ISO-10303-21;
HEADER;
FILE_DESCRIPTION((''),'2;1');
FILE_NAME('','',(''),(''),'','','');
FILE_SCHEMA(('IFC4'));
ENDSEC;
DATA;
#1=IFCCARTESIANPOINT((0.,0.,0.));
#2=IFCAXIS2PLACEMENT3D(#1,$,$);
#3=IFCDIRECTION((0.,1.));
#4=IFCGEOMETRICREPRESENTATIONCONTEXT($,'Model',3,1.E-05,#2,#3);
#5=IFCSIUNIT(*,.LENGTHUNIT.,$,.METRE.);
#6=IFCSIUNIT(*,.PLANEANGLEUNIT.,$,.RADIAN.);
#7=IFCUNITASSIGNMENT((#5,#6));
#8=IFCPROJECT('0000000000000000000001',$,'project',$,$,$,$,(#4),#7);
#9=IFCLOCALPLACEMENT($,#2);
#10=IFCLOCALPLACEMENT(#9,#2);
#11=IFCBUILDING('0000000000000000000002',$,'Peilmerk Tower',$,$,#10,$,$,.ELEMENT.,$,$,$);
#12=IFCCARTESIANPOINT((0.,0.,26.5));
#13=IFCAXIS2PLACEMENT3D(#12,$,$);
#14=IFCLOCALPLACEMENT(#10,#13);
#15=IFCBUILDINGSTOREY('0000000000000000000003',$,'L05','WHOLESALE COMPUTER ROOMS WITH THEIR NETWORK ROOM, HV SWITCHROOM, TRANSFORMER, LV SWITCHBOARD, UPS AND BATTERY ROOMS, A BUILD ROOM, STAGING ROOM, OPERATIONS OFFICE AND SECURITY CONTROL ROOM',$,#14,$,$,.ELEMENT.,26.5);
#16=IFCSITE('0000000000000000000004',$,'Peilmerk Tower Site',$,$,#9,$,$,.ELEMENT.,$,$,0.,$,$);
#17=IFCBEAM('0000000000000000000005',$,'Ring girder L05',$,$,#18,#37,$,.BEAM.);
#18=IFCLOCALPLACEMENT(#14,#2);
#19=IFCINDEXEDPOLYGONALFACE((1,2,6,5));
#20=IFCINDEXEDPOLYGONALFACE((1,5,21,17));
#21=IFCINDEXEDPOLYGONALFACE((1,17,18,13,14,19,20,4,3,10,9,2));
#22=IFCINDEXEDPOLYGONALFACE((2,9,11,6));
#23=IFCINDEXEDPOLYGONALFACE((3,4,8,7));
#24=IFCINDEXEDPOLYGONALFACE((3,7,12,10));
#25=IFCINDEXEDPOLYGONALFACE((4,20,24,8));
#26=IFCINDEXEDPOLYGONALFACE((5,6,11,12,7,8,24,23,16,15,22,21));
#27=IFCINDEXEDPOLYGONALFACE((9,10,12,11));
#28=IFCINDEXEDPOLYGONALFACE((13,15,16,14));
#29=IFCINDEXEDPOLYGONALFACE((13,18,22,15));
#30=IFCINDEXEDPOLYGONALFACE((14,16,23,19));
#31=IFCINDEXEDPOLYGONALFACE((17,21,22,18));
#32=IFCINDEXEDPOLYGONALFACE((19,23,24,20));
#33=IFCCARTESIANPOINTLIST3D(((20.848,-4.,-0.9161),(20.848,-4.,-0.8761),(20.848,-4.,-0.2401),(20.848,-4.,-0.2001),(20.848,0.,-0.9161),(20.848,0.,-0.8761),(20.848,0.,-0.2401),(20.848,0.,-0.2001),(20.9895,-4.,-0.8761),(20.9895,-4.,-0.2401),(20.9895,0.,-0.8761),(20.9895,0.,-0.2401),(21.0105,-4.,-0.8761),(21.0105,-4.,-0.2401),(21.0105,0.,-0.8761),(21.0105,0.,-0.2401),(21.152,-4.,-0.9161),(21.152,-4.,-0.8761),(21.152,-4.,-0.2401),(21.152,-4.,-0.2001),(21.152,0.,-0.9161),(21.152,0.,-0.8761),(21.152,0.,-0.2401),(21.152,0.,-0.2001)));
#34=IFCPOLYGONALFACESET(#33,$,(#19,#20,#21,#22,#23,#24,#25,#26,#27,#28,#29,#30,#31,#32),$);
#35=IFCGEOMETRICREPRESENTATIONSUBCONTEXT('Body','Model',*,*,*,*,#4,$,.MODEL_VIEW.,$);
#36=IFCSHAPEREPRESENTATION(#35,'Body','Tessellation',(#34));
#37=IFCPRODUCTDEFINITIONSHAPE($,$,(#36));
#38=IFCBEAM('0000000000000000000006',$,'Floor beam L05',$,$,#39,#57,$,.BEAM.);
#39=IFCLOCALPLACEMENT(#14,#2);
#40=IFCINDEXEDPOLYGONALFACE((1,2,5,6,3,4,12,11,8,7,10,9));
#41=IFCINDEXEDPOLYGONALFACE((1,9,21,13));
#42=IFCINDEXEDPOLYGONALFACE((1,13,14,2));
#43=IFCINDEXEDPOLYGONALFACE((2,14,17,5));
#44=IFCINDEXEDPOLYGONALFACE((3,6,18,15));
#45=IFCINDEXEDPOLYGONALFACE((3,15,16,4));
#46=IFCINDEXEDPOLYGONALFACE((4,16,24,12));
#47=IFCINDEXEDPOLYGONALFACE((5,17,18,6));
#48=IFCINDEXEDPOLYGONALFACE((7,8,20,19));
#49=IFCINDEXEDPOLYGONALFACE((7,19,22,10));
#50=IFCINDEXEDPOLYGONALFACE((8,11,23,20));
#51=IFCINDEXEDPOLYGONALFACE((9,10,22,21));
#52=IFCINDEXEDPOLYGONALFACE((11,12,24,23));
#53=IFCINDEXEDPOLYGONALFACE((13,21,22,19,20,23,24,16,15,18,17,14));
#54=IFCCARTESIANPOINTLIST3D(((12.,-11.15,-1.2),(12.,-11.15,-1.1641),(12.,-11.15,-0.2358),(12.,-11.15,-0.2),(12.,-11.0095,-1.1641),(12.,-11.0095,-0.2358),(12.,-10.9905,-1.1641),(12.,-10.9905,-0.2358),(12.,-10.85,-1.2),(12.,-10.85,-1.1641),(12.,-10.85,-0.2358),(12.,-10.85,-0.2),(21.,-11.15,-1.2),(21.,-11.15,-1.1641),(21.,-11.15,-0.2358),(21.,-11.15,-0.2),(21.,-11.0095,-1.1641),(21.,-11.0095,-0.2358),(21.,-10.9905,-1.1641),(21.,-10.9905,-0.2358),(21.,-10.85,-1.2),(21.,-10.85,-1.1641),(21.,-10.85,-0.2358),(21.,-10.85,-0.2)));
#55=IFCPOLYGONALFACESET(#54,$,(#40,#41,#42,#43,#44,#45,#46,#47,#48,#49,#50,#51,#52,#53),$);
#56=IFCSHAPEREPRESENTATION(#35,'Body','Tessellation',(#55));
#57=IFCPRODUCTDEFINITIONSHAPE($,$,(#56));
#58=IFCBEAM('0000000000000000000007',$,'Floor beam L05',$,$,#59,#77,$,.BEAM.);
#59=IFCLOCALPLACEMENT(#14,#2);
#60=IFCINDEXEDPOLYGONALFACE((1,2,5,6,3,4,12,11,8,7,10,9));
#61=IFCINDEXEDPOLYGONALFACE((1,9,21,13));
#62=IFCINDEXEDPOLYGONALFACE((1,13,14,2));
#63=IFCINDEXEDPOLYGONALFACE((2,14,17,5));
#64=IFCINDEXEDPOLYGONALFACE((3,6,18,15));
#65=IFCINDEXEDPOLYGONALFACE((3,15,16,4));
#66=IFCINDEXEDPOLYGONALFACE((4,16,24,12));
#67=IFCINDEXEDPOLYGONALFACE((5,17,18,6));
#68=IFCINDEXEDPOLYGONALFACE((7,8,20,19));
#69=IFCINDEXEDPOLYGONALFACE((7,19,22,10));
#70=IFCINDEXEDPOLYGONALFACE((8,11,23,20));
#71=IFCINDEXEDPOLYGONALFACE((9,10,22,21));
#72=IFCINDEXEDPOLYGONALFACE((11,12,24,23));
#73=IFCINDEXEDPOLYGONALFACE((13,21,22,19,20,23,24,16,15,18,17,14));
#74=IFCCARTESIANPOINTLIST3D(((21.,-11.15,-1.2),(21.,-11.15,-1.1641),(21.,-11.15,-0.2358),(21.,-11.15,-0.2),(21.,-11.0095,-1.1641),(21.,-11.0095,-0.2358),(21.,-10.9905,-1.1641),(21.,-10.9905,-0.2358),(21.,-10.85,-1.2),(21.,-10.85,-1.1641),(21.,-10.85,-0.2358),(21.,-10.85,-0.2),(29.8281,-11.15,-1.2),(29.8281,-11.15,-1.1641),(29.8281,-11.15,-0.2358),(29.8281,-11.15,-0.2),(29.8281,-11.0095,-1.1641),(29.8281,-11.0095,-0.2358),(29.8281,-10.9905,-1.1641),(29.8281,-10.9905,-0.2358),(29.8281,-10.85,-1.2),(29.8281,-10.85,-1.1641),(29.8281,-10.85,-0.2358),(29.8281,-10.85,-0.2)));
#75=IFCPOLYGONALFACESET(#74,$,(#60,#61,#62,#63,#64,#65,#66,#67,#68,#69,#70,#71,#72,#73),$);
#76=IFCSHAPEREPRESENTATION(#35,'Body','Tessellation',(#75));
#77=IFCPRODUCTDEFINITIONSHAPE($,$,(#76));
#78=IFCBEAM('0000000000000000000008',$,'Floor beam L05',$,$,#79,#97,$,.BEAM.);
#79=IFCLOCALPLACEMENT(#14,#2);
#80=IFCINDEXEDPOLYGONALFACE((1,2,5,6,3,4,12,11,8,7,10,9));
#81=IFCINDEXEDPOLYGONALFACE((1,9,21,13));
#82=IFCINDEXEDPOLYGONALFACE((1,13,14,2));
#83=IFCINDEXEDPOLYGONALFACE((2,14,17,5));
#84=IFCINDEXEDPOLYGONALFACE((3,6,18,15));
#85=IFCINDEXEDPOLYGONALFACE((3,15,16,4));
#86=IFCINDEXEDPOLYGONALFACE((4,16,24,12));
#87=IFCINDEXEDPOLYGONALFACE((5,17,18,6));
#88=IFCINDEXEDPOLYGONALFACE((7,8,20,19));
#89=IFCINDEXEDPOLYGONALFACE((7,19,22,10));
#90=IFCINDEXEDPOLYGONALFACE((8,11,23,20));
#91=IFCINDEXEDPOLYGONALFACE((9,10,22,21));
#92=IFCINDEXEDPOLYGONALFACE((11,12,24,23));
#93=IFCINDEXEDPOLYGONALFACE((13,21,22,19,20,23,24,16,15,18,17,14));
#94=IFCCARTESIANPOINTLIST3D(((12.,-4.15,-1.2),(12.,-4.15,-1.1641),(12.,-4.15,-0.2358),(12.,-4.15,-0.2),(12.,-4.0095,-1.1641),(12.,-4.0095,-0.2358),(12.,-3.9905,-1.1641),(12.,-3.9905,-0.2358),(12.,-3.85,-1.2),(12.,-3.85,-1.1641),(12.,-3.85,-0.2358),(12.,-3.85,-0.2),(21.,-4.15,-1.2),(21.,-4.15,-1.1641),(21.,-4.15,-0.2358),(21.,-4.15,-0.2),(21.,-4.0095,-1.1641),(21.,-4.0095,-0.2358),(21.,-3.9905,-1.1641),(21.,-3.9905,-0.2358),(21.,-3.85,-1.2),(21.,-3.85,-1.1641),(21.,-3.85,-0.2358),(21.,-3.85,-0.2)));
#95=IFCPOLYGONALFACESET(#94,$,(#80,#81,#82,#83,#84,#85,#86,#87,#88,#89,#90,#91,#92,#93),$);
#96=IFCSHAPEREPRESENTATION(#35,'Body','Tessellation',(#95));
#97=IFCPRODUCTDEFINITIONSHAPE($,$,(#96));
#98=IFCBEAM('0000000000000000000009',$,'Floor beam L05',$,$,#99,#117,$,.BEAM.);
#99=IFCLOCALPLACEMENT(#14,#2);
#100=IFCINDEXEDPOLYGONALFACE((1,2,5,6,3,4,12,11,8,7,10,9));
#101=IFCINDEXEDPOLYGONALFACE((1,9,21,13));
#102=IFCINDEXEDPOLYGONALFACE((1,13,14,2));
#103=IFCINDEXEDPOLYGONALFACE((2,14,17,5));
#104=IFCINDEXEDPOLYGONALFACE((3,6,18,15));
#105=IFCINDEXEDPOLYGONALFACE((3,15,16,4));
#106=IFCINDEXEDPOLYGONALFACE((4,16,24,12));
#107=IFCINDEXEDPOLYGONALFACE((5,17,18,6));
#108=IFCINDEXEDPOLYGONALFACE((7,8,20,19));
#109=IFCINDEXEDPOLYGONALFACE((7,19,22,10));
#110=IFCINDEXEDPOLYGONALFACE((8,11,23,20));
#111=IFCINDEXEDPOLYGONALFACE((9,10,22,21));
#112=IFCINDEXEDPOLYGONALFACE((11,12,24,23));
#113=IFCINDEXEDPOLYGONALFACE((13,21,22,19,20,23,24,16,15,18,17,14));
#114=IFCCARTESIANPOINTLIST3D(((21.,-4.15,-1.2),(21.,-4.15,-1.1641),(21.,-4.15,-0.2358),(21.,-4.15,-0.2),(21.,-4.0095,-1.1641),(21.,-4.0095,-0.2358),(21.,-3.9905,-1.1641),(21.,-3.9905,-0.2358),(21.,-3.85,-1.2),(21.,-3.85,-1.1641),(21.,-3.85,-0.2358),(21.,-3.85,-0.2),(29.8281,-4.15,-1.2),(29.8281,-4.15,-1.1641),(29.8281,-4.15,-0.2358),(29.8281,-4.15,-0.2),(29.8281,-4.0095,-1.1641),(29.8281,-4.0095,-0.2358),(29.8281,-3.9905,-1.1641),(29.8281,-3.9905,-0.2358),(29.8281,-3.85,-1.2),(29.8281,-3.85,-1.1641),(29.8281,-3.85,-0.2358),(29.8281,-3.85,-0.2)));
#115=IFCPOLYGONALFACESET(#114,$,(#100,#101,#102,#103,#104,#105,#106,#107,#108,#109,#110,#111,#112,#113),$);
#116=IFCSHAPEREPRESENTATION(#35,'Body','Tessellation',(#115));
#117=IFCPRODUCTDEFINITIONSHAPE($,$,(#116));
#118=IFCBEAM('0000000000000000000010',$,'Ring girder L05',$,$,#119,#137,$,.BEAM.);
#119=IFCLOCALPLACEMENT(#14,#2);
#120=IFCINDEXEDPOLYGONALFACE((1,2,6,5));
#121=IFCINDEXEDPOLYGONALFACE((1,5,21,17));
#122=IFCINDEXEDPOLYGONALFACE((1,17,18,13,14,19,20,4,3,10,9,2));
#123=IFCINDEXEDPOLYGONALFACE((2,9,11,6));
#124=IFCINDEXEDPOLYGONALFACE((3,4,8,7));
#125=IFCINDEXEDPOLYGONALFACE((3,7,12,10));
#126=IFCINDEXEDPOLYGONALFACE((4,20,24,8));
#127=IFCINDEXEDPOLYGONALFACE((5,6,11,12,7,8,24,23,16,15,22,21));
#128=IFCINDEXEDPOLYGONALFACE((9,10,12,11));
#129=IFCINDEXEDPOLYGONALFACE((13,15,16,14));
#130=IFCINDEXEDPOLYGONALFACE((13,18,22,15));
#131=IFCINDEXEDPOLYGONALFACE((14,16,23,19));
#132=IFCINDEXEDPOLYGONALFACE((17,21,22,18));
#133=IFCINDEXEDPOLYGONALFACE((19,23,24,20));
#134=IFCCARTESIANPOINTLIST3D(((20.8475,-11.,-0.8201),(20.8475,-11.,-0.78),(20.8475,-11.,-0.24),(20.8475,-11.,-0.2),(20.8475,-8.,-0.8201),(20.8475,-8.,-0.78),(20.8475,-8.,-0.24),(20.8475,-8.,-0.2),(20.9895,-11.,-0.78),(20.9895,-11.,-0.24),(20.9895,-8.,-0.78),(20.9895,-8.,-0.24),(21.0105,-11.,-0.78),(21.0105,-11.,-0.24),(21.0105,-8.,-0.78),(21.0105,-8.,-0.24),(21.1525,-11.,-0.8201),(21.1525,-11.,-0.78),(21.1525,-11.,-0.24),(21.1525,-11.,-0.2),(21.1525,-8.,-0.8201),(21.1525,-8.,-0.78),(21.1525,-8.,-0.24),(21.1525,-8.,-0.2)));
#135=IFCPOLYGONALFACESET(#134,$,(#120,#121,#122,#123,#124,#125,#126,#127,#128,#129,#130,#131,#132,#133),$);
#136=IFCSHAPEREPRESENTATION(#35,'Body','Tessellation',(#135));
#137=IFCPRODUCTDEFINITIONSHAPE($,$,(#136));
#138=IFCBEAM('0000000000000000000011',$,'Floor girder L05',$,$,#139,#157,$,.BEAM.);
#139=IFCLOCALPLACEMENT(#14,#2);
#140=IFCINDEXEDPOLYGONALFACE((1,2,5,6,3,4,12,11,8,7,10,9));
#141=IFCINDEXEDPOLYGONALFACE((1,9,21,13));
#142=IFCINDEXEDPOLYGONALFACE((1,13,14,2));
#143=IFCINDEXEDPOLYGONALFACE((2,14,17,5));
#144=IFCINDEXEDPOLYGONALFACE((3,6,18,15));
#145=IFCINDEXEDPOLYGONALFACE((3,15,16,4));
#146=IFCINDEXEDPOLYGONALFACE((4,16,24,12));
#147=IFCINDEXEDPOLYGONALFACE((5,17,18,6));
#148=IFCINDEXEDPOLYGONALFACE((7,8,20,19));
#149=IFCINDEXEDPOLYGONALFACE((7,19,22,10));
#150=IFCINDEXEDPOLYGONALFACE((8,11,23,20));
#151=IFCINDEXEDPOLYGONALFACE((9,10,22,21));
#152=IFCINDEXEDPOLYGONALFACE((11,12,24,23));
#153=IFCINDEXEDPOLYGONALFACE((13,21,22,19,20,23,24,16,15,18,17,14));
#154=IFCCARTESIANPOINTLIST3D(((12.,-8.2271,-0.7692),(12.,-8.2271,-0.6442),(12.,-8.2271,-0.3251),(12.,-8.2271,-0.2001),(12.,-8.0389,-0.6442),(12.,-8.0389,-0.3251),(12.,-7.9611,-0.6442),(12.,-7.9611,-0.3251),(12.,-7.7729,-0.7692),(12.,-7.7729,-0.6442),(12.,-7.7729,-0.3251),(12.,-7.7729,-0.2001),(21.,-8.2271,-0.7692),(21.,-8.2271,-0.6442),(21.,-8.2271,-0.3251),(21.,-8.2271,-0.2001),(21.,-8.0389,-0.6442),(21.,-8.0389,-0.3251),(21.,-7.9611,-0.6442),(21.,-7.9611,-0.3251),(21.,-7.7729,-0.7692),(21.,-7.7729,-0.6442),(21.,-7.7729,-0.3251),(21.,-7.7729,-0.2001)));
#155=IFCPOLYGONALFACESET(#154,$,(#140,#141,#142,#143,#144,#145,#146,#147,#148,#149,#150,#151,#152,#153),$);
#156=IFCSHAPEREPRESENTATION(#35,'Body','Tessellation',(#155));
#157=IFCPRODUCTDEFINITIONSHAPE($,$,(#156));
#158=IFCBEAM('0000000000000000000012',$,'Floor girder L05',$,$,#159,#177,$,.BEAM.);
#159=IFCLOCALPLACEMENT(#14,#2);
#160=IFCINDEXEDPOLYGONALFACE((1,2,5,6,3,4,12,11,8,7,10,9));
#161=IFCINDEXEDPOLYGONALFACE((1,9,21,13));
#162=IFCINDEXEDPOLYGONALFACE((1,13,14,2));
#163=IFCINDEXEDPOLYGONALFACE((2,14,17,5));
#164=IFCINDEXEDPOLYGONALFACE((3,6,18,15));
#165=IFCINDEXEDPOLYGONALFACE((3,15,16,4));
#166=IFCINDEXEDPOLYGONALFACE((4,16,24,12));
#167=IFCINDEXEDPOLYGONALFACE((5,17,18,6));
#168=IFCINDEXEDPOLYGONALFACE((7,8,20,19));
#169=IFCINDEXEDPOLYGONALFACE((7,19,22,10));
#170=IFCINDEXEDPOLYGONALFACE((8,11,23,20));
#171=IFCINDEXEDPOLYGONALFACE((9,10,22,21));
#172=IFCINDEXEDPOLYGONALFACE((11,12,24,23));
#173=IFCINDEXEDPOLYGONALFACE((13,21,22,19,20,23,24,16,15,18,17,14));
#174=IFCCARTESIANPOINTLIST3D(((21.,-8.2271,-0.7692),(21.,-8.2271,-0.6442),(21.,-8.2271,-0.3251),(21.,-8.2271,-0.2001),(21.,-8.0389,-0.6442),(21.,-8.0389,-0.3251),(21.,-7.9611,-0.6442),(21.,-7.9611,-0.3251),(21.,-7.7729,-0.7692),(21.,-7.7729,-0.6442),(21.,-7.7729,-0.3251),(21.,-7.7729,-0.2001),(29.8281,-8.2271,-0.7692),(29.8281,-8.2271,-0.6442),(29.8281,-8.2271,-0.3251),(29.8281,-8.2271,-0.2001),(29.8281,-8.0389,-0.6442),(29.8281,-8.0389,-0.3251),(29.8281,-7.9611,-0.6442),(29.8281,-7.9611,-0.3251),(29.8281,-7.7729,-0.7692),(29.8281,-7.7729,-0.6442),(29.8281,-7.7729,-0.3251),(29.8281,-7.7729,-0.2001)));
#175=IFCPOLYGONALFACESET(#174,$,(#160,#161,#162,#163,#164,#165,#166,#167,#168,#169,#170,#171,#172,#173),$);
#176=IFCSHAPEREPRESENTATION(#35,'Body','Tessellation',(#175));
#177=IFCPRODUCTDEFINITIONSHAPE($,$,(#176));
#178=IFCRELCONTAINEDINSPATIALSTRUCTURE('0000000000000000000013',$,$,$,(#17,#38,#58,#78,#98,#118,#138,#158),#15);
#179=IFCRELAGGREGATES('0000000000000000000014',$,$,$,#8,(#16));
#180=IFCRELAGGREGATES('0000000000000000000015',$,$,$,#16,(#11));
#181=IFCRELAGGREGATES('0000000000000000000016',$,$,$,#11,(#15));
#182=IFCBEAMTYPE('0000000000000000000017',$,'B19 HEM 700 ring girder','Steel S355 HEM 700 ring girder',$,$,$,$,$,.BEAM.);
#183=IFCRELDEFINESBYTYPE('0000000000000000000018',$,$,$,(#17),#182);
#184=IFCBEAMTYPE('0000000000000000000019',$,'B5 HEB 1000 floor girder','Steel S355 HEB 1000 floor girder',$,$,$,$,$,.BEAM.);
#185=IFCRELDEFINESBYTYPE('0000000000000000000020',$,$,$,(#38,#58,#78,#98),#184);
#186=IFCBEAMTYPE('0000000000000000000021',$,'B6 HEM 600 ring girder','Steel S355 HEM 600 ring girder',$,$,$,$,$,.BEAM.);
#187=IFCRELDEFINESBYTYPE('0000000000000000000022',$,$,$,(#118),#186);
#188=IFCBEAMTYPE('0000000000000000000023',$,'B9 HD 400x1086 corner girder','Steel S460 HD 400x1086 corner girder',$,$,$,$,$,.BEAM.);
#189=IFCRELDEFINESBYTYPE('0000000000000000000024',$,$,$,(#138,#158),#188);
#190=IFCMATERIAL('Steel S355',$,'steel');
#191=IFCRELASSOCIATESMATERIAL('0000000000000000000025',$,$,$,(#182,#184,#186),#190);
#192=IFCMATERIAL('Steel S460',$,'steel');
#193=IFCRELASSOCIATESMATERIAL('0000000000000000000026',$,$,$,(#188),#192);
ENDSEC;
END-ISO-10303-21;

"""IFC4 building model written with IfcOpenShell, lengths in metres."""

from ifc_helpers import new_model, si_unit, direction, frame, origin, origin_2d, place, context, subcontext, project, spatial, i_section, extrude, material, material_profile, profile_set, type_object, element, save


model = new_model("IFC4")

# Units and contexts
model_context = context("Model", 3, precision=1e-05, world=origin(), true_north=direction((0.0, 1.0)))
body_context = subcontext(model_context, "Body", "Model", "MODEL_VIEW")
ifc_project = project(units=[si_unit("LENGTHUNIT", "METRE"), si_unit("PLANEANGLEUNIT", "RADIAN")], contexts=[model_context])

# Site, building, storey
site_placement = place(None, origin())
site = spatial("IfcSite", under=ifc_project, at=site_placement, Name="Peilmerk Tower Site", CompositionType="ELEMENT", RefElevation=0.0)
building_placement = place(site_placement, origin())
building = spatial("IfcBuilding", under=site, at=building_placement, Name="Peilmerk Tower", CompositionType="ELEMENT")
storey_placement = place(building_placement, frame((0.0, 0.0, 26.5)))
storey = spatial("IfcBuildingStorey", under=building, at=storey_placement, Name="L05", Description="WHOLESALE COMPUTER ROOMS WITH THEIR NETWORK ROOM, HV SWITCHROOM, TRANSFORMER, LV SWITCHBOARD, UPS AND BATTERY ROOMS, A BUILD ROOM, STAGING ROOM, OPERATIONS OFFICE AND SECURITY CONTROL ROOM", CompositionType="ELEMENT", Elevation=26.5)

# Beams
ifc_material_1 = material(Name="Steel S355", Category="steel")
ifc_material_profile_1 = material_profile(ifc_material_1, i_section(OverallWidth=0.304, OverallDepth=0.7161, WebThickness=0.021, FlangeThickness=0.04, at=origin_2d()), Name="HEM 700")
ifc_profile_set_1 = profile_set([ifc_material_profile_1], Name="Steel S355")
beam_type_1 = type_object("IfcBeamType", Name="B19 HEM 700 ring girder", Description="Steel S355 HEM 700 ring girder", PredefinedType="BEAM", material=ifc_profile_set_1)
for number, where, z_axis, x_axis, name in (
    (1, (21.0, -4.0, -0.5581), (0.0, 1.0, 0.0), (-1.0, 0.0, 0.0), "Ring girder L05"),
):
    element("IfcBeam", number, at=place(storey_placement, frame(where, z_axis=z_axis, x_axis=x_axis)), inside=storey, type_object=beam_type_1, Name=name, PredefinedType="BEAM", context=body_context, shape_type="SweptSolid", body=[
        extrude(i_section(OverallWidth=0.304, OverallDepth=0.7161, WebThickness=0.021, FlangeThickness=0.04, at=origin_2d()), origin(), (0.0, 0.0, 1.0), 4.0),
    ])
ifc_material_profile_2 = material_profile(ifc_material_1, i_section(OverallWidth=0.3, OverallDepth=1.0, WebThickness=0.019, FlangeThickness=0.0359, at=origin_2d()), Name="HEB 1000")
ifc_profile_set_2 = profile_set([ifc_material_profile_2], Name="Steel S355")
beam_type_2 = type_object("IfcBeamType", Name="B5 HEB 1000 floor girder", Description="Steel S355 HEB 1000 floor girder", PredefinedType="BEAM", material=ifc_profile_set_2)
beam_1_placement = place(storey_placement, frame((12.0, -11.0, -0.7), z_axis=(1.0, 0.0, 0.0), x_axis=(0.0, 1.0, 0.0)))
element("IfcBeam", 2, at=beam_1_placement, inside=storey, type_object=beam_type_2, Name="Floor beam L05", PredefinedType="BEAM", context=body_context, shape_type="SweptSolid", body=[
    extrude(i_section(OverallWidth=0.3, OverallDepth=1.0, WebThickness=0.019, FlangeThickness=0.0359, at=origin_2d()), origin(), (0.0, 0.0, 1.0), 9.0),
])
beam_2_placement = place(storey_placement, frame((21.0, -11.0, -0.7), z_axis=(1.0, 0.0, 0.0), x_axis=(0.0, 1.0, 0.0)))
element("IfcBeam", 3, at=beam_2_placement, inside=storey, type_object=beam_type_2, Name="Floor beam L05", PredefinedType="BEAM", context=body_context, shape_type="SweptSolid", body=[
    extrude(i_section(OverallWidth=0.3, OverallDepth=1.0, WebThickness=0.019, FlangeThickness=0.0359, at=origin_2d()), origin(), (0.0, 0.0, 1.0), 8.8281),
])
beam_3_placement = place(storey_placement, frame((12.0, -4.0, -0.7), z_axis=(1.0, 0.0, 0.0), x_axis=(0.0, 1.0, 0.0)))
element("IfcBeam", 4, at=beam_3_placement, inside=storey, type_object=beam_type_2, Name="Floor beam L05", PredefinedType="BEAM", context=body_context, shape_type="SweptSolid", body=[
    extrude(i_section(OverallWidth=0.3, OverallDepth=1.0, WebThickness=0.019, FlangeThickness=0.0359, at=origin_2d()), origin(), (0.0, 0.0, 1.0), 9.0),
])
beam_4_placement = place(storey_placement, frame((21.0, -4.0, -0.7), z_axis=(1.0, 0.0, 0.0), x_axis=(0.0, 1.0, 0.0)))
element("IfcBeam", 5, at=beam_4_placement, inside=storey, type_object=beam_type_2, Name="Floor beam L05", PredefinedType="BEAM", context=body_context, shape_type="SweptSolid", body=[
    extrude(i_section(OverallWidth=0.3, OverallDepth=1.0, WebThickness=0.019, FlangeThickness=0.0359, at=origin_2d()), origin(), (0.0, 0.0, 1.0), 8.8281),
])
ifc_material_profile_3 = material_profile(ifc_material_1, i_section(OverallWidth=0.3049, OverallDepth=0.6201, WebThickness=0.021, FlangeThickness=0.04, at=origin_2d()), Name="HEM 600")
ifc_profile_set_3 = profile_set([ifc_material_profile_3], Name="Steel S355")
beam_type_3 = type_object("IfcBeamType", Name="B6 HEM 600 ring girder", Description="Steel S355 HEM 600 ring girder", PredefinedType="BEAM", material=ifc_profile_set_3)
beam_5_placement = place(storey_placement, frame((21.0, -11.0, -0.51), z_axis=(0.0, 1.0, 0.0), x_axis=(-1.0, 0.0, 0.0)))
element("IfcBeam", 6, at=beam_5_placement, inside=storey, type_object=beam_type_3, Name="Ring girder L05", PredefinedType="BEAM", context=body_context, shape_type="SweptSolid", body=[
    extrude(i_section(OverallWidth=0.3049, OverallDepth=0.6201, WebThickness=0.021, FlangeThickness=0.04, at=origin_2d()), origin(), (0.0, 0.0, 1.0), 3.0),
])
ifc_material_2 = material(Name="Steel S460", Category="steel")
ifc_material_profile_4 = material_profile(ifc_material_2, i_section(OverallWidth=0.4541, OverallDepth=0.5691, WebThickness=0.0779, FlangeThickness=0.125, at=origin_2d()), Name="HD 400x1086")
ifc_profile_set_4 = profile_set([ifc_material_profile_4], Name="Steel S460")
beam_type_4 = type_object("IfcBeamType", Name="B9 HD 400x1086 corner girder", Description="Steel S460 HD 400x1086 corner girder", PredefinedType="BEAM", material=ifc_profile_set_4)
beam_6_placement = place(storey_placement, frame((12.0, -8.0, -0.4846), z_axis=(1.0, 0.0, 0.0), x_axis=(0.0, 1.0, 0.0)))
element("IfcBeam", 7, at=beam_6_placement, inside=storey, type_object=beam_type_4, Name="Floor girder L05", PredefinedType="BEAM", context=body_context, shape_type="SweptSolid", body=[
    extrude(i_section(OverallWidth=0.4541, OverallDepth=0.5691, WebThickness=0.0779, FlangeThickness=0.125, at=origin_2d()), origin(), (0.0, 0.0, 1.0), 9.0),
])
beam_7_placement = place(storey_placement, frame((21.0, -8.0, -0.4846), z_axis=(1.0, 0.0, 0.0), x_axis=(0.0, 1.0, 0.0)))
element("IfcBeam", 8, at=beam_7_placement, inside=storey, type_object=beam_type_4, Name="Floor girder L05", PredefinedType="BEAM", context=body_context, shape_type="SweptSolid", body=[
    extrude(i_section(OverallWidth=0.4541, OverallDepth=0.5691, WebThickness=0.0779, FlangeThickness=0.125, at=origin_2d()), origin(), (0.0, 0.0, 1.0), 8.8281),
])

save(model, "model.ifc")
